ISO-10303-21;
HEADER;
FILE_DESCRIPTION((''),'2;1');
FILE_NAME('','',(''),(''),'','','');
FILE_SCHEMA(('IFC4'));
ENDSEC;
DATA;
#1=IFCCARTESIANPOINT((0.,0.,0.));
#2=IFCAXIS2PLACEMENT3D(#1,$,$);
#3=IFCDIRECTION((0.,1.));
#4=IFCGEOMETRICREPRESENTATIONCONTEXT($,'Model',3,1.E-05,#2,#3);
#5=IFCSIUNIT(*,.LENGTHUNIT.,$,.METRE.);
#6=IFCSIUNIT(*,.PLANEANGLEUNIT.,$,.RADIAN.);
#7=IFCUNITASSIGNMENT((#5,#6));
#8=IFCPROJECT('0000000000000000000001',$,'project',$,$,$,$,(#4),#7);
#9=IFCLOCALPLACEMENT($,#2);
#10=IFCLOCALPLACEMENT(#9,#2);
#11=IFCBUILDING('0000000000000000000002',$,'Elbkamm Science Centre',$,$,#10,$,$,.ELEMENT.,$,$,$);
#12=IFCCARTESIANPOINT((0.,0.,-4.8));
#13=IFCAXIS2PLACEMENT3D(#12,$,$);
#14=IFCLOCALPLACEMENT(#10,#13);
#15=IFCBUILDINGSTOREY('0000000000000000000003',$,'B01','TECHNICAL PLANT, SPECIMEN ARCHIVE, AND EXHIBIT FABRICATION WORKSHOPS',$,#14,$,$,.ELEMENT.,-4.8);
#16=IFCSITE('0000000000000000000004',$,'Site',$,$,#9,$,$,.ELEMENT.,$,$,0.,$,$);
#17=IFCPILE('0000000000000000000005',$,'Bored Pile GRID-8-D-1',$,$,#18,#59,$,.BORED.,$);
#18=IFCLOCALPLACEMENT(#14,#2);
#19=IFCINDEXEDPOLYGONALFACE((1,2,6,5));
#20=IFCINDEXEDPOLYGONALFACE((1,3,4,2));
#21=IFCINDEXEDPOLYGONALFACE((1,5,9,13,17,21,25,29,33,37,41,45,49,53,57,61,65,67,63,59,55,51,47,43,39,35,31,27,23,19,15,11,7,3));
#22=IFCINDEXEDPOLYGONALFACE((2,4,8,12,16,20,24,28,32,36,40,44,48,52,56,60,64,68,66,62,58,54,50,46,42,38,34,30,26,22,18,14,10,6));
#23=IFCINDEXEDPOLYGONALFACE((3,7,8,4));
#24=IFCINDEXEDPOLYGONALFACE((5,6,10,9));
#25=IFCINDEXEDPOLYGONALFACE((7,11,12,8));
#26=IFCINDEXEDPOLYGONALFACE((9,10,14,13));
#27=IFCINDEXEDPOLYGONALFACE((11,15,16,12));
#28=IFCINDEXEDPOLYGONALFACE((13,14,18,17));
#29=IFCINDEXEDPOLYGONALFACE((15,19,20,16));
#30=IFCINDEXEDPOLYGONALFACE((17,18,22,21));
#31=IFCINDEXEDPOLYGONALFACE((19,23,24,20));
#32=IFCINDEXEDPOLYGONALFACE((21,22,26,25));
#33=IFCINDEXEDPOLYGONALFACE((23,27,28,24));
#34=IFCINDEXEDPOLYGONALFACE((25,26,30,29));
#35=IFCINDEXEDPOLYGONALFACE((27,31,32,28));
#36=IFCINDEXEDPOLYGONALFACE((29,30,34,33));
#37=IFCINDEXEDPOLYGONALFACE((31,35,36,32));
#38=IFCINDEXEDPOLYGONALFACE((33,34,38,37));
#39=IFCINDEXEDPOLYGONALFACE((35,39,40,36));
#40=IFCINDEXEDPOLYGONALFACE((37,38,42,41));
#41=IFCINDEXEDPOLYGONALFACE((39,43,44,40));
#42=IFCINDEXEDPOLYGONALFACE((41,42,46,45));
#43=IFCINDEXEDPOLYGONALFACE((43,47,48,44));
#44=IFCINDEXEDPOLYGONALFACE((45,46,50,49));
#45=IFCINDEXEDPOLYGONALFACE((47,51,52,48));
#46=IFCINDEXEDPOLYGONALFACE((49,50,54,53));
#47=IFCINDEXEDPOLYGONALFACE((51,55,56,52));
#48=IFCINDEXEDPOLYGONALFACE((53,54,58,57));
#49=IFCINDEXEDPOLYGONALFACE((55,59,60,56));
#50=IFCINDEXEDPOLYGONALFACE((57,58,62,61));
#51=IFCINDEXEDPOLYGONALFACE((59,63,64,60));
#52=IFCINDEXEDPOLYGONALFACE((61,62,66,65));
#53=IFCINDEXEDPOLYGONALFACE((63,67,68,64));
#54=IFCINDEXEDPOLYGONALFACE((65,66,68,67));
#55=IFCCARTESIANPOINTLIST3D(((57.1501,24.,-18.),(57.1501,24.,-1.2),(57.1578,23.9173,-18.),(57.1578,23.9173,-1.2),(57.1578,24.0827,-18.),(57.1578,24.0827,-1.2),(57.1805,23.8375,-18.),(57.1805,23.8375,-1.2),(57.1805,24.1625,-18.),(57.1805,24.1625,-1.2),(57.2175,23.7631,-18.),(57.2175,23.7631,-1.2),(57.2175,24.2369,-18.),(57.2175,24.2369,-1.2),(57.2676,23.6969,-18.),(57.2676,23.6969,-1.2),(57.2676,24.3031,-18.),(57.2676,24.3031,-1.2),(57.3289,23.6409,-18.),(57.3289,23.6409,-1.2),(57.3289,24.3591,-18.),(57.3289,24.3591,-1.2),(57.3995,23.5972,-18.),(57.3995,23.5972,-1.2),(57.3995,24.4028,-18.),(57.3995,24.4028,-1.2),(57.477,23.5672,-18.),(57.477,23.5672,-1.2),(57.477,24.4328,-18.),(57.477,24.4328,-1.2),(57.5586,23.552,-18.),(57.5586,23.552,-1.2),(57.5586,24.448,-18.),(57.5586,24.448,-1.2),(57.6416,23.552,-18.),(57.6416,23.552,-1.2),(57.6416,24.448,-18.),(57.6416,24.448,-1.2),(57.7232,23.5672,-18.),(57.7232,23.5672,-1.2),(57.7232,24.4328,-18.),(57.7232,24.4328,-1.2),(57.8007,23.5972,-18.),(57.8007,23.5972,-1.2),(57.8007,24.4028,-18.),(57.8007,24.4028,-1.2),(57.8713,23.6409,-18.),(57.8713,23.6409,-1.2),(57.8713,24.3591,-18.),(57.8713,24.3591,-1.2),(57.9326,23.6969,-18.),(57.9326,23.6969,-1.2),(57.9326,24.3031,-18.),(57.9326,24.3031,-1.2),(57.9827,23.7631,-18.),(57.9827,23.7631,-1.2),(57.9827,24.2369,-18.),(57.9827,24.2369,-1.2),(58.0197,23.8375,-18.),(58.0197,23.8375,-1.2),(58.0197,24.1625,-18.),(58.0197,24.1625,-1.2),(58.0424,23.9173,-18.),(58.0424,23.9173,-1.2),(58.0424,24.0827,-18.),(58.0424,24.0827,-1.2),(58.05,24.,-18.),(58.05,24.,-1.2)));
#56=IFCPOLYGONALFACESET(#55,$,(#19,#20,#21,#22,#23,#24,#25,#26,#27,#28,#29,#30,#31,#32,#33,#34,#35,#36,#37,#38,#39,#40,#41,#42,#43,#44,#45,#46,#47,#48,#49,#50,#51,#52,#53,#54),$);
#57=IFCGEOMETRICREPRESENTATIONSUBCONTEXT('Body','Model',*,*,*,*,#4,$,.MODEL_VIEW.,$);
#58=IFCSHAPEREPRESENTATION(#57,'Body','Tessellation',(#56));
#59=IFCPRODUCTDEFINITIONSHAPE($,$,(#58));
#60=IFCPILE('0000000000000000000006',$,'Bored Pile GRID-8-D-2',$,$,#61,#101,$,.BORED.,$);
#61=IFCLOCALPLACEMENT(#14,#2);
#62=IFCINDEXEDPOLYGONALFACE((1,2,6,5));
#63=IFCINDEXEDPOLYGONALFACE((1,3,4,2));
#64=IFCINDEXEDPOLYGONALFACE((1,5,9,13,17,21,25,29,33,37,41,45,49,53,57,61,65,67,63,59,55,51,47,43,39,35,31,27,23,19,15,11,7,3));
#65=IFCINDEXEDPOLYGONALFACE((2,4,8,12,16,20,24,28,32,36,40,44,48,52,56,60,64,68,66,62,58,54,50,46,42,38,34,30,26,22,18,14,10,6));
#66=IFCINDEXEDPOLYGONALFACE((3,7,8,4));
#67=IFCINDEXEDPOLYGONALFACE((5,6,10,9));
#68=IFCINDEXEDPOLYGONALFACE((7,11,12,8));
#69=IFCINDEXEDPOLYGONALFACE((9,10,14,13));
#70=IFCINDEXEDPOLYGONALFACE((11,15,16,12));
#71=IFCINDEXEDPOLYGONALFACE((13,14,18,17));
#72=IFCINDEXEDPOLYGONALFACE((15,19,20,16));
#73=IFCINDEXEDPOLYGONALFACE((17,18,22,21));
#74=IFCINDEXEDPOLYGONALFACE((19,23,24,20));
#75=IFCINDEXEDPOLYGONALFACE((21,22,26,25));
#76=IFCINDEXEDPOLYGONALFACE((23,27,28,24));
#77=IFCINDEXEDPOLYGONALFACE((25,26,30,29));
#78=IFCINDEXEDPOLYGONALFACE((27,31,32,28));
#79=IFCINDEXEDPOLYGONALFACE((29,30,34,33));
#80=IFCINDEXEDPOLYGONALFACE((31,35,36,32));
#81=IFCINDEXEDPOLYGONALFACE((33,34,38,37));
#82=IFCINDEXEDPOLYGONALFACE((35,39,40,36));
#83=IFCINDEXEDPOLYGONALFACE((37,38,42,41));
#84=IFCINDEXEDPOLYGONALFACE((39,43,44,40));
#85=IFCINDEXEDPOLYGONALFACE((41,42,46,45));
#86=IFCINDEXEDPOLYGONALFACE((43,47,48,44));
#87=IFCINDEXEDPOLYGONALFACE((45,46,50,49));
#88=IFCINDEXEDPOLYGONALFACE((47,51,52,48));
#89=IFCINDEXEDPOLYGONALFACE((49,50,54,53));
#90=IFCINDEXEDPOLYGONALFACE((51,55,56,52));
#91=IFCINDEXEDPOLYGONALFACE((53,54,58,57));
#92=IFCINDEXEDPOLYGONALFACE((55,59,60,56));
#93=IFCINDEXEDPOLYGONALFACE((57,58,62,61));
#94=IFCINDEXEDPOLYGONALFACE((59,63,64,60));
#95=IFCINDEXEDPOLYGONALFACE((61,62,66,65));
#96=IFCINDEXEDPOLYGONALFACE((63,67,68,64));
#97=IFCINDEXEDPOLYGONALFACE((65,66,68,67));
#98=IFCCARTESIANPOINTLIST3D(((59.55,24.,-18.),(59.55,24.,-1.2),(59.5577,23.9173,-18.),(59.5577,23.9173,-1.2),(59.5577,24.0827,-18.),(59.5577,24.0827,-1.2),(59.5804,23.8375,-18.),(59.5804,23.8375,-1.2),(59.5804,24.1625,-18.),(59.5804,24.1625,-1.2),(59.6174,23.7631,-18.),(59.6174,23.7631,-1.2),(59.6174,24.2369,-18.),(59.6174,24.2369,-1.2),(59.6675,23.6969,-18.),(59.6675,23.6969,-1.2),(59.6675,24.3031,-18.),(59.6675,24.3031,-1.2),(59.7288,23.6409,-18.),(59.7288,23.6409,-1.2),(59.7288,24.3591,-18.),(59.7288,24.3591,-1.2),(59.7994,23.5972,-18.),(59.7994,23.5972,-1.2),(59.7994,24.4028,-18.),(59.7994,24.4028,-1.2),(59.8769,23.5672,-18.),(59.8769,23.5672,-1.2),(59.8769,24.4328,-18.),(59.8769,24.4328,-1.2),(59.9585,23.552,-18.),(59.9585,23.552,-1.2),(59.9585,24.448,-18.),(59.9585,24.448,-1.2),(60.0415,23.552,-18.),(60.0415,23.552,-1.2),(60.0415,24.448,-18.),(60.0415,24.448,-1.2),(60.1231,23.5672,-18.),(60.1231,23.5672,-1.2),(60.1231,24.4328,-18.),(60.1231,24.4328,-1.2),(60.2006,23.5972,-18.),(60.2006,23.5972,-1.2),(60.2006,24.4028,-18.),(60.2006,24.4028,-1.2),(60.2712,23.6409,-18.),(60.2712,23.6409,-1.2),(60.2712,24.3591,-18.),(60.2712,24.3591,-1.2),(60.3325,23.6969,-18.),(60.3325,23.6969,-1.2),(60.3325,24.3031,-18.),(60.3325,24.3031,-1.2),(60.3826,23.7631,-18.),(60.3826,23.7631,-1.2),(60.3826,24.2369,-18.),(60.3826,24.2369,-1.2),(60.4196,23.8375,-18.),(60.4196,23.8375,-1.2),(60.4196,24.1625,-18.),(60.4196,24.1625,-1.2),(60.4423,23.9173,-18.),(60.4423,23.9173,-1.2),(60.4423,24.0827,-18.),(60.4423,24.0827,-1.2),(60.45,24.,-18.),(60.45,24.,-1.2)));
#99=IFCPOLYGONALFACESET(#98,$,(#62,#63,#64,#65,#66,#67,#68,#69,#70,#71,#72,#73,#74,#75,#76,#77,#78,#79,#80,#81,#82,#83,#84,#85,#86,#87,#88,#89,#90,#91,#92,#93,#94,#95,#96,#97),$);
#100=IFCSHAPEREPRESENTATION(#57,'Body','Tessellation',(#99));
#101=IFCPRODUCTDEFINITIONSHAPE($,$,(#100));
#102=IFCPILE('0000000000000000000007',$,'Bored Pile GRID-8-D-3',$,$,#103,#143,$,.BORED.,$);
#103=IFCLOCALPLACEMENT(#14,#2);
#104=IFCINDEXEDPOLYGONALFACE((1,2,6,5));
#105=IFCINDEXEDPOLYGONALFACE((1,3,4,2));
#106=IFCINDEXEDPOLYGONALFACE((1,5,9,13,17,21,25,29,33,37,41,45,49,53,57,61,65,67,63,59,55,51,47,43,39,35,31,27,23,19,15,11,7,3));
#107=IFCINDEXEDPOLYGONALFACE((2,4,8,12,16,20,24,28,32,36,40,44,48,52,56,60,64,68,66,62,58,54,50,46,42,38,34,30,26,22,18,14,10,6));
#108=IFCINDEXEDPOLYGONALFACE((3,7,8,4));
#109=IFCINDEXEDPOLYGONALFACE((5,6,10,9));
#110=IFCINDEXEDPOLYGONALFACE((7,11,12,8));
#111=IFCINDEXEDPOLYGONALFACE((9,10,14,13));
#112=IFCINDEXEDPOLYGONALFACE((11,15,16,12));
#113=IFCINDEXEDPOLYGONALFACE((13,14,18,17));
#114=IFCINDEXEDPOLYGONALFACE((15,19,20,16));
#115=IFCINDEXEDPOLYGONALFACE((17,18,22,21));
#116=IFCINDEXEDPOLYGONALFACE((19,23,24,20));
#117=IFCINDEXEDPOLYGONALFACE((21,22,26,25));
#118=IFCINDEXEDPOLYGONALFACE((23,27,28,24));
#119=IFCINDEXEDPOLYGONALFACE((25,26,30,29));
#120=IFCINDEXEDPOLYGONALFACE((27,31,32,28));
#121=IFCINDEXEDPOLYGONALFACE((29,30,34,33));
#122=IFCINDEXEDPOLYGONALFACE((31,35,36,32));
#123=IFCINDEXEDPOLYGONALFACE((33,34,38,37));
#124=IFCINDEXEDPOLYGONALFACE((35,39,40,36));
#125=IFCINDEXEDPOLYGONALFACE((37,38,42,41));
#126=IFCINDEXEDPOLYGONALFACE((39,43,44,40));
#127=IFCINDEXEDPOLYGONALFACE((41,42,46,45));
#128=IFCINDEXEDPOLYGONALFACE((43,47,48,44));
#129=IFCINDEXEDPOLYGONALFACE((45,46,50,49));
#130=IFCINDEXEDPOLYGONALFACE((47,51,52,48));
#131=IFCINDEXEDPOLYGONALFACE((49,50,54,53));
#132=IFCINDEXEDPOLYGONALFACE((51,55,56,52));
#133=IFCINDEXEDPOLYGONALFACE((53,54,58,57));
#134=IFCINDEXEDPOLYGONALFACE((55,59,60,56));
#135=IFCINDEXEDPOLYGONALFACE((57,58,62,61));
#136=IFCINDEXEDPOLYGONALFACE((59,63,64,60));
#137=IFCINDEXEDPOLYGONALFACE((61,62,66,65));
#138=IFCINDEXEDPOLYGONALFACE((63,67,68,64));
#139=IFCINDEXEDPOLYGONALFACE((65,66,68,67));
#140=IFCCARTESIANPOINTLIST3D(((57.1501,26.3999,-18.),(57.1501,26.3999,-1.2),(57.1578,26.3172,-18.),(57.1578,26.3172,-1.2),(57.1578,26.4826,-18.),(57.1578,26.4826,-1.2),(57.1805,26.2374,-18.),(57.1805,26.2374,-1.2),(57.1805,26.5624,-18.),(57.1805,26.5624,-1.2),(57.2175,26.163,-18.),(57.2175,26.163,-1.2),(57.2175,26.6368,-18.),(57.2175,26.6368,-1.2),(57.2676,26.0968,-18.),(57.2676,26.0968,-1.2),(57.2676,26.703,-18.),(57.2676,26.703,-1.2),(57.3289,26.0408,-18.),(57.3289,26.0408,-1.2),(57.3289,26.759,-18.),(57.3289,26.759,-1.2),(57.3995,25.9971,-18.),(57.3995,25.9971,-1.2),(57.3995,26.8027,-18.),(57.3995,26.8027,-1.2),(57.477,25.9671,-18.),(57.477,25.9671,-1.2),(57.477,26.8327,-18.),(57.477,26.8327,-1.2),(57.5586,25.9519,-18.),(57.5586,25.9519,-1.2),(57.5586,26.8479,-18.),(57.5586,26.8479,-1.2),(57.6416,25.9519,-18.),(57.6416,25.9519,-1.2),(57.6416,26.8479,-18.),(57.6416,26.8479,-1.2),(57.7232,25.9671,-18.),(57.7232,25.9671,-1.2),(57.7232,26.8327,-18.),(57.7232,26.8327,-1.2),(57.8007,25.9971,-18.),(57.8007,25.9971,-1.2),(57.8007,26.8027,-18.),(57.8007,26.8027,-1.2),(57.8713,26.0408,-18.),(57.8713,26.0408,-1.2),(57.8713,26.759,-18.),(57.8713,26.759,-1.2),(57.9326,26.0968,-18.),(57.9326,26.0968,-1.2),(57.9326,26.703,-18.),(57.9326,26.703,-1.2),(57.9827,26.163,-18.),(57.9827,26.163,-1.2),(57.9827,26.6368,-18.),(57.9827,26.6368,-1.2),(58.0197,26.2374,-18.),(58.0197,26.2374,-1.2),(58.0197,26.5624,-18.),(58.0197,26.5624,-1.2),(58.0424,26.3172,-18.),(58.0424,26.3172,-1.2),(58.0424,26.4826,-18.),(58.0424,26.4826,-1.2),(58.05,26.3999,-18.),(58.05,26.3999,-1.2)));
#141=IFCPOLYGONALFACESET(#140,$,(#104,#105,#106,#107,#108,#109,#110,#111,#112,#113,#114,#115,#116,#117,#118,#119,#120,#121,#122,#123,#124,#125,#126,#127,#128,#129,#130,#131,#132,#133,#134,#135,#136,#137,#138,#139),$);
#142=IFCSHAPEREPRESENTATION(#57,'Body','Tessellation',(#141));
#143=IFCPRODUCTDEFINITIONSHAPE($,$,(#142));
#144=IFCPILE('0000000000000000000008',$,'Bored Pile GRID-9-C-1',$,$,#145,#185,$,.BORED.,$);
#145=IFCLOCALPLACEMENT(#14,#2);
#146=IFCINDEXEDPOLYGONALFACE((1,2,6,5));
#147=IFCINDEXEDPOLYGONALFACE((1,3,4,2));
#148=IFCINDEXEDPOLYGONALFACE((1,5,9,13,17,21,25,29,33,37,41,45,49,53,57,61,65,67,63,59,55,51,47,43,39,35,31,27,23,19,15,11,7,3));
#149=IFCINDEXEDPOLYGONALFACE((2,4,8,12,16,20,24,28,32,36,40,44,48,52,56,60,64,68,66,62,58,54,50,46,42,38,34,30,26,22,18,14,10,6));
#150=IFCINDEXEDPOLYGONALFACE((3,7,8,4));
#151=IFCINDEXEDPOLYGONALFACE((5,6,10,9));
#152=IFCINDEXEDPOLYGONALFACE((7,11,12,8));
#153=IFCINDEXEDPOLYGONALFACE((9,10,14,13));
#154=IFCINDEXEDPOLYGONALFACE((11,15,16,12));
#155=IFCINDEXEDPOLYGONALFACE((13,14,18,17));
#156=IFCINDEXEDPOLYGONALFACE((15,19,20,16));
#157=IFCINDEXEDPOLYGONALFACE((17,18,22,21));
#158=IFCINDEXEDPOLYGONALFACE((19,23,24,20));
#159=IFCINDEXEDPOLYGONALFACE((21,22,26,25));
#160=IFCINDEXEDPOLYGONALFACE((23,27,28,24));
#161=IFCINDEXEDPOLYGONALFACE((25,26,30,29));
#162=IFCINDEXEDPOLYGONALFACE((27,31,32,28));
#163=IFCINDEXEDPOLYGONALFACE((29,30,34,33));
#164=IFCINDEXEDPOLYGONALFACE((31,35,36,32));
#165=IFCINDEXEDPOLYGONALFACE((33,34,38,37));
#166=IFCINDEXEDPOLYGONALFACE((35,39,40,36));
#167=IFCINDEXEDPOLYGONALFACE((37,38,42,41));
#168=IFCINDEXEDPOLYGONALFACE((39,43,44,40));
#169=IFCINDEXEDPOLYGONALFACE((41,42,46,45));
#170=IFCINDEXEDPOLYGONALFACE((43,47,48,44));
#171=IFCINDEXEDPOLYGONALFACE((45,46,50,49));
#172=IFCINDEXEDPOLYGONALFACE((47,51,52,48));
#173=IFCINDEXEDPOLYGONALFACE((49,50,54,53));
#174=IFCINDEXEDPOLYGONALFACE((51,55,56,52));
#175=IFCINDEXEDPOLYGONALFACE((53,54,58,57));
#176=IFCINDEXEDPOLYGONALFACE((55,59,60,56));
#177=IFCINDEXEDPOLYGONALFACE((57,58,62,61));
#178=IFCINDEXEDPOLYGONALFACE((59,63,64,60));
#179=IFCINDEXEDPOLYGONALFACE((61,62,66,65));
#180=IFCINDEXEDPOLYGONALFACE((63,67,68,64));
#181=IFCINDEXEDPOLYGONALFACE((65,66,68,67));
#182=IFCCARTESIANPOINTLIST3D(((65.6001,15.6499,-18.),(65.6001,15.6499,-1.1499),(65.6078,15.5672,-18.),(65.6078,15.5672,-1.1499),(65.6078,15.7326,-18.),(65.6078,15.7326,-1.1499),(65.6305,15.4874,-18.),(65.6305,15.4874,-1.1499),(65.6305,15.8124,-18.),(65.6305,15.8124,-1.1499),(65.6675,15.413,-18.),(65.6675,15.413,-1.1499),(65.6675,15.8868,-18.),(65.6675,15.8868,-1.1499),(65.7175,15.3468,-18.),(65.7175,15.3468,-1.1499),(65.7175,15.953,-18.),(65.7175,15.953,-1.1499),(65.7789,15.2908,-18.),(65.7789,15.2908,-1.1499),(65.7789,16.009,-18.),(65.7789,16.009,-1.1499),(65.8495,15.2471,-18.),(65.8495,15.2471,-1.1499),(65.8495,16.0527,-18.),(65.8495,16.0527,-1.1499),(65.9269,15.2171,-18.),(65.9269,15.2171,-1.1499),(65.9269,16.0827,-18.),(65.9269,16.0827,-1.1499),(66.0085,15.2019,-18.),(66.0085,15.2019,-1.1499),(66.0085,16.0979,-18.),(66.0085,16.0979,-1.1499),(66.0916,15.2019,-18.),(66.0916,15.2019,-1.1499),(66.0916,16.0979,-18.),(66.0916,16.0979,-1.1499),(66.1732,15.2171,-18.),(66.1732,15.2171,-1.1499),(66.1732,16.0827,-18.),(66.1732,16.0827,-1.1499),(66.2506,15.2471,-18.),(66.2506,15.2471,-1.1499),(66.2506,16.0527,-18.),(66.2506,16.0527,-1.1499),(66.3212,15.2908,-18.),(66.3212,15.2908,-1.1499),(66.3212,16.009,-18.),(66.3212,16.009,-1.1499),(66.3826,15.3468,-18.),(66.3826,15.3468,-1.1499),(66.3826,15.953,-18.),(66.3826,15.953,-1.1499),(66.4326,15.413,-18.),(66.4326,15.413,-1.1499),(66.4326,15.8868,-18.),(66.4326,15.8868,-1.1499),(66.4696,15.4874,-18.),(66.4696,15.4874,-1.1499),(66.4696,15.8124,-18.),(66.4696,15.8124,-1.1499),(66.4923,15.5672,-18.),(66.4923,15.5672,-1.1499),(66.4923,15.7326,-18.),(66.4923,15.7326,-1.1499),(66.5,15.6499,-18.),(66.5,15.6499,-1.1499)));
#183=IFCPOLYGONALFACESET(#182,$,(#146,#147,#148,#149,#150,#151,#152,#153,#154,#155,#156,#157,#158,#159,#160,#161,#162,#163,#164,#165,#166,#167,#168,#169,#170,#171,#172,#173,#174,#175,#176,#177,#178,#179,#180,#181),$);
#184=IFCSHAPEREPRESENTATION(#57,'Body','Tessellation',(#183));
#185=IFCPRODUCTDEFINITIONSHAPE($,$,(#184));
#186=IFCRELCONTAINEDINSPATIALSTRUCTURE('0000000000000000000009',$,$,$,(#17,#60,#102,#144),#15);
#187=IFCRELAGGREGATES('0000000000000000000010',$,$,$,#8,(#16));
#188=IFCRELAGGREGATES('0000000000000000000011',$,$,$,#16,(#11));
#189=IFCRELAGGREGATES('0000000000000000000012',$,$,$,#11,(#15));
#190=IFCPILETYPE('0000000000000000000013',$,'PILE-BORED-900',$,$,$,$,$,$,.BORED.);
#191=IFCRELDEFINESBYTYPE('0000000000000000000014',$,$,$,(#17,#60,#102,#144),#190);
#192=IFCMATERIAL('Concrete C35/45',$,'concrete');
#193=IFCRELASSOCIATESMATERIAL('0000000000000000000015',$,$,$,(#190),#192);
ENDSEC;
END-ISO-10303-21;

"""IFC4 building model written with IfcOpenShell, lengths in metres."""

from ifc_helpers import new_model, si_unit, direction, frame, origin, origin_2d, place, context, subcontext, project, spatial, circle, extrude, material, material_profile, profile_set, type_object, element, save


model = new_model("IFC4")

# Units and contexts
model_context = context("Model", 3, precision=1e-05, world=origin(), true_north=direction((0.0, 1.0)))
body_context = subcontext(model_context, "Body", "Model", "MODEL_VIEW")
ifc_project = project(units=[si_unit("LENGTHUNIT", "METRE"), si_unit("PLANEANGLEUNIT", "RADIAN")], contexts=[model_context])

# Site, building, storey
site_placement = place(None, origin())
site = spatial("IfcSite", under=ifc_project, at=site_placement, Name="Site", CompositionType="ELEMENT", RefElevation=0.0)
building_placement = place(site_placement, origin())
building = spatial("IfcBuilding", under=site, at=building_placement, Name="Elbkamm Science Centre", CompositionType="ELEMENT")
storey_placement = place(building_placement, frame((0.0, 0.0, -4.8)))
storey = spatial("IfcBuildingStorey", under=building, at=storey_placement, Name="B01", Description="TECHNICAL PLANT, SPECIMEN ARCHIVE, AND EXHIBIT FABRICATION WORKSHOPS", CompositionType="ELEMENT", Elevation=-4.8)

# Shared definitions
ifc_material_1 = material(Name="Concrete C35/45", Category="concrete")

# Piles
ifc_material_profile_1 = material_profile(ifc_material_1, circle(Radius=0.45, at=origin_2d()), Name="PILE D900")
ifc_profile_set_1 = profile_set([ifc_material_profile_1], Name="Concrete C35/45")
pile_type = type_object("IfcPileType", Name="PILE-BORED-900", PredefinedType="BORED", material=ifc_profile_set_1)
for number, where, z_axis, x_axis, name in (
    (1, (57.6001, 24.0, -1.2), (0.0, 0.0, -1.0), (1.0, 0.0, 0.0), "Bored Pile GRID-8-D-1"),
    (2, (60.0, 24.0, -1.2), (0.0, 0.0, -1.0), (1.0, 0.0, 0.0), "Bored Pile GRID-8-D-2"),
    (3, (57.6001, 26.3999, -1.2), (0.0, 0.0, -1.0), (1.0, 0.0, 0.0), "Bored Pile GRID-8-D-3"),
):
    element("IfcPile", number, at=place(storey_placement, frame(where, z_axis=z_axis, x_axis=x_axis)), inside=storey, type_object=pile_type, Name=name, PredefinedType="BORED", context=body_context, shape_type="SweptSolid", body=[
        extrude(circle(Radius=0.45, at=origin_2d()), origin(), (0.0, 0.0, 1.0), 16.8),
    ])
for number, where, z_axis, x_axis, name in (
    (4, (66.05, 15.6499, -1.1499), (0.0, 0.0, -1.0), (1.0, 0.0, 0.0), "Bored Pile GRID-9-C-1"),
):
    element("IfcPile", number, at=place(storey_placement, frame(where, z_axis=z_axis, x_axis=x_axis)), inside=storey, type_object=pile_type, Name=name, PredefinedType="BORED", context=body_context, shape_type="SweptSolid", body=[
        extrude(circle(Radius=0.45, at=origin_2d()), origin(), (0.0, 0.0, 1.0), 16.8501),
    ])

save(model, "model.ifc")
